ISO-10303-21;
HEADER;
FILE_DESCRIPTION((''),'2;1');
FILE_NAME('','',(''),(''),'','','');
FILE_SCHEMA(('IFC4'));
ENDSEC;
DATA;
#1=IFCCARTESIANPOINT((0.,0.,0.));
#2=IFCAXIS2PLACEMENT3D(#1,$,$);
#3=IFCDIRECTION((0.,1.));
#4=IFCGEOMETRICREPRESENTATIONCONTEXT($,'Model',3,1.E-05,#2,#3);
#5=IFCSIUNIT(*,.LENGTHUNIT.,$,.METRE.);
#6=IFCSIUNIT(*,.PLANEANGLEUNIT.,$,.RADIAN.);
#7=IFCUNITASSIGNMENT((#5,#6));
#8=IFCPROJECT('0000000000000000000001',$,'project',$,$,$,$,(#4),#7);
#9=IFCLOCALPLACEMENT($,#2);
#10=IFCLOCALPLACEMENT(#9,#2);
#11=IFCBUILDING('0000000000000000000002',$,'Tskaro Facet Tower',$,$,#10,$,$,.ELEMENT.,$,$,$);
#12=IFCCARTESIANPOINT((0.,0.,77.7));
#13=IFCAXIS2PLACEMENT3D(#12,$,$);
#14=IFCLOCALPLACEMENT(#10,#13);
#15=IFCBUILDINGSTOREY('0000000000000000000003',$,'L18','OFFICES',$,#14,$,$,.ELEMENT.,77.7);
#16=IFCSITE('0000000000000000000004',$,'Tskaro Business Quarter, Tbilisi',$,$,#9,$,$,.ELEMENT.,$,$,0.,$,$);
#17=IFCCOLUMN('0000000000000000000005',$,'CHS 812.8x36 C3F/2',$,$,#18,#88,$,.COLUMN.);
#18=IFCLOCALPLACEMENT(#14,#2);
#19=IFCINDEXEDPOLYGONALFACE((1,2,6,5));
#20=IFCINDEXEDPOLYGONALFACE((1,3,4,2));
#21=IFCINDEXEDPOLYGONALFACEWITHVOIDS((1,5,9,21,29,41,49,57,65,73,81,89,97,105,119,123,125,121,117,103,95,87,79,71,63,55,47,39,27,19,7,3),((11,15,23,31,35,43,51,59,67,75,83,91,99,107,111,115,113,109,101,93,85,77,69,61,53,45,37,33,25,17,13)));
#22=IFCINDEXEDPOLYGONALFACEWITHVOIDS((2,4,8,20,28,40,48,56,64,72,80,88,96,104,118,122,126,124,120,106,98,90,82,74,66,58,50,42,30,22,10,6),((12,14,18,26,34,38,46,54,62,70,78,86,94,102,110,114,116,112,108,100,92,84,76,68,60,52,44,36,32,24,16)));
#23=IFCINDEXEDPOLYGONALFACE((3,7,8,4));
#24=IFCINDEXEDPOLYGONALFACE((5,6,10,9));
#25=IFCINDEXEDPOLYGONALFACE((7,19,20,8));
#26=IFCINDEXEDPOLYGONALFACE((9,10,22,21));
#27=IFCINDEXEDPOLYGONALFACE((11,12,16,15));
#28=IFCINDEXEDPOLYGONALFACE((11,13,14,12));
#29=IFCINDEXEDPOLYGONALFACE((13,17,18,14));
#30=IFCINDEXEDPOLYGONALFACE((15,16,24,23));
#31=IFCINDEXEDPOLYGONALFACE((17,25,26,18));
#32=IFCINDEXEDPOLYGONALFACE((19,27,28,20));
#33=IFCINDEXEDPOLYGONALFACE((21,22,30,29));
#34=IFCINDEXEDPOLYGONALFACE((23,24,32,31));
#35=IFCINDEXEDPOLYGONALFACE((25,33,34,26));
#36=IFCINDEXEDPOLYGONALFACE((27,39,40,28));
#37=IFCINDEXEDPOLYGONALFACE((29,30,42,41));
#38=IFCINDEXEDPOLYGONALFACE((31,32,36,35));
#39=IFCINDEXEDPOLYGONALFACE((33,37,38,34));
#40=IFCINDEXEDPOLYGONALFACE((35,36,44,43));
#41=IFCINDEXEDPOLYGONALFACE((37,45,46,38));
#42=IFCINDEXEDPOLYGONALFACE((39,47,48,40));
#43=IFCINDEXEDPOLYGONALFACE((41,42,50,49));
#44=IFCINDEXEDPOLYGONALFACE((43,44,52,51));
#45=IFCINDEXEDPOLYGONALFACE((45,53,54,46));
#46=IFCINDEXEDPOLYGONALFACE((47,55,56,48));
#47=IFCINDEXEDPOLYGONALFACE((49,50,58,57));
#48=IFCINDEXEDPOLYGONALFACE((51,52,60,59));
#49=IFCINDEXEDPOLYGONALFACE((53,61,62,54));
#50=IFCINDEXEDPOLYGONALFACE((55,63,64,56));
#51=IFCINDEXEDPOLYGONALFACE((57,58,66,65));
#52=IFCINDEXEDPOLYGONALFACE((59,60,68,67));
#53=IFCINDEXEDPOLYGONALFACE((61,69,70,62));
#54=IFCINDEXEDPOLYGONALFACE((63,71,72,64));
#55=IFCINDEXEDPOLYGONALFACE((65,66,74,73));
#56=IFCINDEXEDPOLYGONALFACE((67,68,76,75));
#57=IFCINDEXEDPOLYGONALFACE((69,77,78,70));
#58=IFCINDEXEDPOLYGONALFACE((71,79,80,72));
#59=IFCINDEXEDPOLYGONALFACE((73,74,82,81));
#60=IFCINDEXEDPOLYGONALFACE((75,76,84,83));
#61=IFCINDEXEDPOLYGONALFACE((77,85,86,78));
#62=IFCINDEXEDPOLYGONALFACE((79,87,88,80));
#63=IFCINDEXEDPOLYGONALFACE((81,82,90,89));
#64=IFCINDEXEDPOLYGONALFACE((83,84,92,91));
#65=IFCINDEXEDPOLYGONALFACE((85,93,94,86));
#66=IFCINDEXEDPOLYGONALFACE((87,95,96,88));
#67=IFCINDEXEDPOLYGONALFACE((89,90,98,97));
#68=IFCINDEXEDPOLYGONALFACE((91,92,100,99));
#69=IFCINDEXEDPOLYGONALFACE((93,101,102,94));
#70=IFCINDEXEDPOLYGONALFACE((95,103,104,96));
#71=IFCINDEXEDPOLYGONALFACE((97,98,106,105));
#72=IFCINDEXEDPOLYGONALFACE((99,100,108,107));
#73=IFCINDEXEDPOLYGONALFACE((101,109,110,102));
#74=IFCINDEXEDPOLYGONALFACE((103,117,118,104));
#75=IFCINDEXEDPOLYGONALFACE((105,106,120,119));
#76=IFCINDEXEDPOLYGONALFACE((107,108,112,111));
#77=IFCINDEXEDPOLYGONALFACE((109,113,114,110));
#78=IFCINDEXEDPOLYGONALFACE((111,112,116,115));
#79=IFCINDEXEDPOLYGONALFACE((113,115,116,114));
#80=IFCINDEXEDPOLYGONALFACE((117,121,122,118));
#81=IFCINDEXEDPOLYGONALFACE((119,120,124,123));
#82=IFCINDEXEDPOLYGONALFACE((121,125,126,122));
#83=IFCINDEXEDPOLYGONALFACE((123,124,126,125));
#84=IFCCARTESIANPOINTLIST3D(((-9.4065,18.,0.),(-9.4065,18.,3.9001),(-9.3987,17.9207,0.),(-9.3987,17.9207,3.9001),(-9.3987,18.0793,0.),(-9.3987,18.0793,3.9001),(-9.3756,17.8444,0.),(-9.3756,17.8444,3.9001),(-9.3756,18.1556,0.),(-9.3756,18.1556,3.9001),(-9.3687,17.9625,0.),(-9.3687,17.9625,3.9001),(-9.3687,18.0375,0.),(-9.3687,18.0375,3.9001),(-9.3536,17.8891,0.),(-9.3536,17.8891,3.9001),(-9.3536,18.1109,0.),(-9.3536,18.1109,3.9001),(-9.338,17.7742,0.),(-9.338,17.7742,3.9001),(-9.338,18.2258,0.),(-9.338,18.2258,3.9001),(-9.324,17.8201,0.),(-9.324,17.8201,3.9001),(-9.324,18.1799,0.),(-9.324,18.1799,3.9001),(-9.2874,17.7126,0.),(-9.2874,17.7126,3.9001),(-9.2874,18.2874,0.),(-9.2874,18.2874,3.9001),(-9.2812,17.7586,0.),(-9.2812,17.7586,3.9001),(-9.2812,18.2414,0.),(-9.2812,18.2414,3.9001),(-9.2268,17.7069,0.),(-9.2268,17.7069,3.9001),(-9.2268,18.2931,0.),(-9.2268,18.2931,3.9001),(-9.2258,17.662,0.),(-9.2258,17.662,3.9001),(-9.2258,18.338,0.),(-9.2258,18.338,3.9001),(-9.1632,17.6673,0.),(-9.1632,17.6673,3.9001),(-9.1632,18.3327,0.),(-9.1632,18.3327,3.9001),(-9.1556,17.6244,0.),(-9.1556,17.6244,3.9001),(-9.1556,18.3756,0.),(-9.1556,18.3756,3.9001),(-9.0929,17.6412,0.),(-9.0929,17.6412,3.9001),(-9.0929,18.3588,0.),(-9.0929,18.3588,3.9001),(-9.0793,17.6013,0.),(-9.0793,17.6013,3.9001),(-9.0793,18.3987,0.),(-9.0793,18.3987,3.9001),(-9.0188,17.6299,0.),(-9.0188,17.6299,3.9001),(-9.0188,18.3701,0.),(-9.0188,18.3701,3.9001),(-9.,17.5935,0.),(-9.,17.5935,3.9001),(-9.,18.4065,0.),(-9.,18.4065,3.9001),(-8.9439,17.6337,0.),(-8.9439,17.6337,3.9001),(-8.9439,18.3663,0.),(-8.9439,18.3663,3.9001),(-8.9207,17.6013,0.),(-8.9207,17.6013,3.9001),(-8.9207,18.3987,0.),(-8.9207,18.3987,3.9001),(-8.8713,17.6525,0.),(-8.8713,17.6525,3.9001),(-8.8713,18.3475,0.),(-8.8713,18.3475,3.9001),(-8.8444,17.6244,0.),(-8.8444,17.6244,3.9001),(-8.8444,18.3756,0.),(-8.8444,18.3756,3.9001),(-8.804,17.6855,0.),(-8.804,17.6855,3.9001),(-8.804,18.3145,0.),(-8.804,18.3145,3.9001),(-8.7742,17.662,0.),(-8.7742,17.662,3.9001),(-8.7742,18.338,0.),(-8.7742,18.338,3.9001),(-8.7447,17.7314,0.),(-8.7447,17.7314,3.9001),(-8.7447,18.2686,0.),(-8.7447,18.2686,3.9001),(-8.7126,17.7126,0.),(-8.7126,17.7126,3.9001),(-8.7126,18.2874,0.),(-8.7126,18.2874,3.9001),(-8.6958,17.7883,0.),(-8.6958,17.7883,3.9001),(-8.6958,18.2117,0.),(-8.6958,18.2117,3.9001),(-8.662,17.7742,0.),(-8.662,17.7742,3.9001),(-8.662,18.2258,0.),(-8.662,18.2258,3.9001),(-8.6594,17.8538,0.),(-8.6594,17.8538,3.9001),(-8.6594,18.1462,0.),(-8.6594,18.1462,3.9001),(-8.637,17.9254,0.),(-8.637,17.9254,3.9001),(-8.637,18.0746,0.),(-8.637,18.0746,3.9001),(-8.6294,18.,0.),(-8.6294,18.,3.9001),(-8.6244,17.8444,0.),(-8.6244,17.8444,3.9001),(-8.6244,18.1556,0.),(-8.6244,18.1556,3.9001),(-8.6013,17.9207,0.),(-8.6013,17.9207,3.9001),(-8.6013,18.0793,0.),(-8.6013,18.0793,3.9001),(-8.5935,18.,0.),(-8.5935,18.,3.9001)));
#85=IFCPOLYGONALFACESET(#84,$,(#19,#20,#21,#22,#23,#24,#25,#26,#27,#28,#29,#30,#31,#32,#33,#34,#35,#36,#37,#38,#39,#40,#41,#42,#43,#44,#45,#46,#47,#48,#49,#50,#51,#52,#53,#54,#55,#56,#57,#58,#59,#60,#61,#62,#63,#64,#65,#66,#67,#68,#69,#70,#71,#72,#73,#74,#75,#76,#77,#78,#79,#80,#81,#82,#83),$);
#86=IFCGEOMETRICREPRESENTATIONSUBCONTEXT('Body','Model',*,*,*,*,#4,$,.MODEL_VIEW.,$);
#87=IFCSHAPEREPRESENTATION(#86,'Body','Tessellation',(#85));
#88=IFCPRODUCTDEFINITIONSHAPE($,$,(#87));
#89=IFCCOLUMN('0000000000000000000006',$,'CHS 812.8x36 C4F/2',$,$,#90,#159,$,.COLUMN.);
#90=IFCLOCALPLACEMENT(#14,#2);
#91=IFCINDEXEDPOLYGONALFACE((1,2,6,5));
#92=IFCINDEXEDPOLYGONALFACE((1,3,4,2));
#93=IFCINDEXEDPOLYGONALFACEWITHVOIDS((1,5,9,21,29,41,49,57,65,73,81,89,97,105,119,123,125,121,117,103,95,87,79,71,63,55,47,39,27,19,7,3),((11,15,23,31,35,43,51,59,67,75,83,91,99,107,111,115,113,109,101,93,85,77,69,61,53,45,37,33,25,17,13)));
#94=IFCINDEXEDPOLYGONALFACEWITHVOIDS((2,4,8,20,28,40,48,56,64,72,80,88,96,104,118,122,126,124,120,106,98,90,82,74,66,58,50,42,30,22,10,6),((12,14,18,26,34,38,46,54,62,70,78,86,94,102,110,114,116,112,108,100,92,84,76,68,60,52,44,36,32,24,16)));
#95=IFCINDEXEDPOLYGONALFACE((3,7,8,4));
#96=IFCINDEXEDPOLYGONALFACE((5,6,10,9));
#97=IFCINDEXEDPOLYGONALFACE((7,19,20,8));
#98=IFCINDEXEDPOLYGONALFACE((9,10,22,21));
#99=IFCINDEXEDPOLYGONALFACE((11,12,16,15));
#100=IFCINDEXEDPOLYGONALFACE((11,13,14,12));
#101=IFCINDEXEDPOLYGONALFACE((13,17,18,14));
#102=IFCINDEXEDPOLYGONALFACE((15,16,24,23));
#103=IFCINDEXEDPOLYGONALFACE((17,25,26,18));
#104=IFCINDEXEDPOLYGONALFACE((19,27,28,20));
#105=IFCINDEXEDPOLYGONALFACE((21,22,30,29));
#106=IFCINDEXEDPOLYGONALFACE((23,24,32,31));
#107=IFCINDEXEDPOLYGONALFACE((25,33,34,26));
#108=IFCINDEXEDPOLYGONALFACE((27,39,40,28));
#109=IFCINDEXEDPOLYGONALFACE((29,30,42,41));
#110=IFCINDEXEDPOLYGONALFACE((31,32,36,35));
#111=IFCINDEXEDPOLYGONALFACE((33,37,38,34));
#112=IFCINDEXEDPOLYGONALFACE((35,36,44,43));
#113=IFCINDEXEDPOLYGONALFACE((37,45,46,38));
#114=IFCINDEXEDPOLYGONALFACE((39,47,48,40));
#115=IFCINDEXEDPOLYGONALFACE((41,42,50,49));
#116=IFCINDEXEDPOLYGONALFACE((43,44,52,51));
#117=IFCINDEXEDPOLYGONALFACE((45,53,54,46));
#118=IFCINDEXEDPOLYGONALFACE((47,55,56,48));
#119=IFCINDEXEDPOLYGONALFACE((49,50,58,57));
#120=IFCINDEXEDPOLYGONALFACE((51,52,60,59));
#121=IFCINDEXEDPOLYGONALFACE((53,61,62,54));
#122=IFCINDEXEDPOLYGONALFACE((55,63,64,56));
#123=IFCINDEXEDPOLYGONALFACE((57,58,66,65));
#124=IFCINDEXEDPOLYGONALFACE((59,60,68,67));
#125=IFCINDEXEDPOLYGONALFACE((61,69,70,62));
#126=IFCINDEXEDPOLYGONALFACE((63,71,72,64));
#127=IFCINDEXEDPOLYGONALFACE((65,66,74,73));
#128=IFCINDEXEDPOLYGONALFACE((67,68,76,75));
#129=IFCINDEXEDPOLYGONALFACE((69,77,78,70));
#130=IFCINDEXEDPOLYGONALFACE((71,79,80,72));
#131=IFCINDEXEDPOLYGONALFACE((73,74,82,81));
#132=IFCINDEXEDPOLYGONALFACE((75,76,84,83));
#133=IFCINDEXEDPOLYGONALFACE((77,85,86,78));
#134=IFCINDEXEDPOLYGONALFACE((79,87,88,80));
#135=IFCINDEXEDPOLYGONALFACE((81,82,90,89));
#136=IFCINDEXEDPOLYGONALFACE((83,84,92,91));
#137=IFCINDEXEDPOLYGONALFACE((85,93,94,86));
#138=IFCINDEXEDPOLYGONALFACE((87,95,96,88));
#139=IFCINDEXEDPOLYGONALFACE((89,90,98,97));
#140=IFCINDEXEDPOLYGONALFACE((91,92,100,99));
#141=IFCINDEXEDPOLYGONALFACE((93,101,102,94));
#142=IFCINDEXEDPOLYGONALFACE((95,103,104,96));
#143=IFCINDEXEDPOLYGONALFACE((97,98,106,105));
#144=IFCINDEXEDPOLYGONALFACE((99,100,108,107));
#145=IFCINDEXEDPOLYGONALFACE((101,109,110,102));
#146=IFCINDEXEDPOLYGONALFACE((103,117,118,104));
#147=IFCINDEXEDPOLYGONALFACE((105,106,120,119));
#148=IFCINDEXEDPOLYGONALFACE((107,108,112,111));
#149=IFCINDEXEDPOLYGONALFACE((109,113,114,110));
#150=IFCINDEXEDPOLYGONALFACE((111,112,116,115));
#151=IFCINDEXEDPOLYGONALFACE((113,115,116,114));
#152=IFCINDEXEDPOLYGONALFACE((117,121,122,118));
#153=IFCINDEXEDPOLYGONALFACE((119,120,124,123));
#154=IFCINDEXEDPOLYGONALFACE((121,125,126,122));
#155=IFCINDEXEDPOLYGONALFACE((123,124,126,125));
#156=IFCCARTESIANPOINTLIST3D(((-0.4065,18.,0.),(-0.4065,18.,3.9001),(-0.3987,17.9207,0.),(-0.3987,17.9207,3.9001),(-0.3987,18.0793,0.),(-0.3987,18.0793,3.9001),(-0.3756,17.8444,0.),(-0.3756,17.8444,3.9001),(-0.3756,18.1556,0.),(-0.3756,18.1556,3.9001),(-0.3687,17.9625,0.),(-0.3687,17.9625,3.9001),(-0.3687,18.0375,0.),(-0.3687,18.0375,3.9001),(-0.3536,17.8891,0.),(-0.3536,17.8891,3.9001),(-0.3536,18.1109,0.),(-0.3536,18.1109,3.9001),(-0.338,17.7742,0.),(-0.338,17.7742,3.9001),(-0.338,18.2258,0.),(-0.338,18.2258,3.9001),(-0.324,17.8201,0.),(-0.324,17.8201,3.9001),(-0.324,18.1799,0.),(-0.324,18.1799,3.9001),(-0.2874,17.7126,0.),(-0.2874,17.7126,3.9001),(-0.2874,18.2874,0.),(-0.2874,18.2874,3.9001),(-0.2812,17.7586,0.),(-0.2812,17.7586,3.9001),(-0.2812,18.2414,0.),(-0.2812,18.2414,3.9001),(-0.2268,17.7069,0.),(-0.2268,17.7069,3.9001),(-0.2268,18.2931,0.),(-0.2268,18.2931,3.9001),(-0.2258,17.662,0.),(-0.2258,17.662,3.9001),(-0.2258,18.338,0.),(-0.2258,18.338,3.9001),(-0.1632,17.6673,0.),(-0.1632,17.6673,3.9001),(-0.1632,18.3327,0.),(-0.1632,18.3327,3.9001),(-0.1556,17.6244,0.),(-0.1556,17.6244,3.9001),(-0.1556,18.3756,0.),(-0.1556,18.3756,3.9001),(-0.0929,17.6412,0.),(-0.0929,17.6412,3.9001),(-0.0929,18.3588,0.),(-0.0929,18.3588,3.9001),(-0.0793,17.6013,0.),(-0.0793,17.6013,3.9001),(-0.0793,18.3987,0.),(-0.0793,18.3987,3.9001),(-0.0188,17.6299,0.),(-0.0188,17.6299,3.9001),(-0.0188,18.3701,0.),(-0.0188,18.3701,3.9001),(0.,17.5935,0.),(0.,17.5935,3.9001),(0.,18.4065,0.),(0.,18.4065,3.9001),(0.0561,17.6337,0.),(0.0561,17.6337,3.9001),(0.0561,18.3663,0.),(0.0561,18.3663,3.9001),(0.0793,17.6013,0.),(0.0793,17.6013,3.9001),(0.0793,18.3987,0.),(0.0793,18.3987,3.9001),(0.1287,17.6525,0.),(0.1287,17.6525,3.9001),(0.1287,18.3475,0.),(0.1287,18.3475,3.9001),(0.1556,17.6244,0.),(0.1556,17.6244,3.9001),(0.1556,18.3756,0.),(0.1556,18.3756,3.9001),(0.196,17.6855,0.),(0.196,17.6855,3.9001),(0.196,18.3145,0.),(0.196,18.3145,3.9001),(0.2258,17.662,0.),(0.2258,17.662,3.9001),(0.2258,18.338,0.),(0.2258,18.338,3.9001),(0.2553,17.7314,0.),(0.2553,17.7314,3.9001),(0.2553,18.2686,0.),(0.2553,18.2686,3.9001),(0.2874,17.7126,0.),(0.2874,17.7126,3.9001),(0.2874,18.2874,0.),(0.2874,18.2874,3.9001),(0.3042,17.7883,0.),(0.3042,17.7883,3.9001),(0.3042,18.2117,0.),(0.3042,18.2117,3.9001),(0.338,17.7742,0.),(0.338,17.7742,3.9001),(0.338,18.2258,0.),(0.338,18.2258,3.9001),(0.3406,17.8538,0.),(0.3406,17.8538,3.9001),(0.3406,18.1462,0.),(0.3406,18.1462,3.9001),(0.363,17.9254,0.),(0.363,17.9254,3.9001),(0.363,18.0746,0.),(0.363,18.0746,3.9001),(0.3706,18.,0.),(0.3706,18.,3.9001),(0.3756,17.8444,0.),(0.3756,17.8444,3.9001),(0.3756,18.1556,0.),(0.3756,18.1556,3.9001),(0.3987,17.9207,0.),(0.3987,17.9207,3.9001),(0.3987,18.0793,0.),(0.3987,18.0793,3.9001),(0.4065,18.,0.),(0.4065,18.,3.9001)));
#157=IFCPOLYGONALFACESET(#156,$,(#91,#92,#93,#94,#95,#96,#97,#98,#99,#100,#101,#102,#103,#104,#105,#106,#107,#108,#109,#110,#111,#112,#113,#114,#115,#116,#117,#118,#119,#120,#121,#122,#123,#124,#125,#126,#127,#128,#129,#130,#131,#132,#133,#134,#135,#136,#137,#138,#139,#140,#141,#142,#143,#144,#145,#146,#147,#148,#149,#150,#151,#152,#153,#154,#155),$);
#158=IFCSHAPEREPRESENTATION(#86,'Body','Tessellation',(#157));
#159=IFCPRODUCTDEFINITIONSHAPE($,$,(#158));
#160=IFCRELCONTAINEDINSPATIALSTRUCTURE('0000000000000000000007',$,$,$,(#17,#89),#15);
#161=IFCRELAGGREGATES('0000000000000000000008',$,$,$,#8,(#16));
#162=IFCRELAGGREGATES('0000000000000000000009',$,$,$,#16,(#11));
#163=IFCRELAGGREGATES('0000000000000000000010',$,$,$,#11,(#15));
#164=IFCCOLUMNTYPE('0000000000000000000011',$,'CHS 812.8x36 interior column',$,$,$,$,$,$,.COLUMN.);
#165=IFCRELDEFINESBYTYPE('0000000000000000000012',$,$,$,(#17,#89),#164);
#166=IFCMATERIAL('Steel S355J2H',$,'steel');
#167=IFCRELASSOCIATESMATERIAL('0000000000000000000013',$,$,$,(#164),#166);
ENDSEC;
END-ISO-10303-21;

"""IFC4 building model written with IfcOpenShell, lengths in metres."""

from ifc_helpers import new_model, si_unit, direction, frame, origin, origin_2d, place, context, subcontext, project, spatial, hollow_circle, extrude, material, material_profile, profile_set, type_object, element, save


model = new_model("IFC4")

# Units and contexts
model_context = context("Model", 3, precision=1e-05, world=origin(), true_north=direction((0.0, 1.0)))
body_context = subcontext(model_context, "Body", "Model", "MODEL_VIEW")
ifc_project = project(units=[si_unit("LENGTHUNIT", "METRE"), si_unit("PLANEANGLEUNIT", "RADIAN")], contexts=[model_context])

# Site, building, storey
site_placement = place(None, origin())
site = spatial("IfcSite", under=ifc_project, at=site_placement, Name="Tskaro Business Quarter, Tbilisi", CompositionType="ELEMENT", RefElevation=0.0)
building_placement = place(site_placement, origin())
building = spatial("IfcBuilding", under=site, at=building_placement, Name="Tskaro Facet Tower", CompositionType="ELEMENT")
storey_placement = place(building_placement, frame((0.0, 0.0, 77.7)))
storey = spatial("IfcBuildingStorey", under=building, at=storey_placement, Name="L18", Description="OFFICES", CompositionType="ELEMENT", Elevation=77.7)

# Columns
ifc_material_1 = material(Name="Steel S355J2H", Category="steel")
ifc_material_profile_1 = material_profile(ifc_material_1, hollow_circle(Radius=0.4065, WallThickness=0.0359, at=origin_2d()), Name="CHS 812.8x36")
ifc_profile_set_1 = profile_set([ifc_material_profile_1], Name="Steel S355J2H")
column_type_1 = type_object("IfcColumnType", Name="CHS 812.8x36 interior column", PredefinedType="COLUMN", material=ifc_profile_set_1)
for number, where, z_axis, x_axis, name in (
    (1, (-9.0, 18.0, 0.0), (0.0, 0.0, 1.0), (1.0, 0.0, 0.0), "CHS 812.8x36 C3F/2"),
    (2, (0.0, 18.0, 0.0), (0.0, 0.0, 1.0), (1.0, 0.0, 0.0), "CHS 812.8x36 C4F/2"),
):
    element("IfcColumn", number, at=place(storey_placement, frame(where, z_axis=z_axis, x_axis=x_axis)), inside=storey, type_object=column_type_1, Name=name, PredefinedType="COLUMN", context=body_context, shape_type="SweptSolid", body=[
        extrude(hollow_circle(Radius=0.4065, WallThickness=0.0359, at=origin_2d()), origin(), (0.0, 0.0, 1.0), 3.9001),
    ])

save(model, "model.ifc")
